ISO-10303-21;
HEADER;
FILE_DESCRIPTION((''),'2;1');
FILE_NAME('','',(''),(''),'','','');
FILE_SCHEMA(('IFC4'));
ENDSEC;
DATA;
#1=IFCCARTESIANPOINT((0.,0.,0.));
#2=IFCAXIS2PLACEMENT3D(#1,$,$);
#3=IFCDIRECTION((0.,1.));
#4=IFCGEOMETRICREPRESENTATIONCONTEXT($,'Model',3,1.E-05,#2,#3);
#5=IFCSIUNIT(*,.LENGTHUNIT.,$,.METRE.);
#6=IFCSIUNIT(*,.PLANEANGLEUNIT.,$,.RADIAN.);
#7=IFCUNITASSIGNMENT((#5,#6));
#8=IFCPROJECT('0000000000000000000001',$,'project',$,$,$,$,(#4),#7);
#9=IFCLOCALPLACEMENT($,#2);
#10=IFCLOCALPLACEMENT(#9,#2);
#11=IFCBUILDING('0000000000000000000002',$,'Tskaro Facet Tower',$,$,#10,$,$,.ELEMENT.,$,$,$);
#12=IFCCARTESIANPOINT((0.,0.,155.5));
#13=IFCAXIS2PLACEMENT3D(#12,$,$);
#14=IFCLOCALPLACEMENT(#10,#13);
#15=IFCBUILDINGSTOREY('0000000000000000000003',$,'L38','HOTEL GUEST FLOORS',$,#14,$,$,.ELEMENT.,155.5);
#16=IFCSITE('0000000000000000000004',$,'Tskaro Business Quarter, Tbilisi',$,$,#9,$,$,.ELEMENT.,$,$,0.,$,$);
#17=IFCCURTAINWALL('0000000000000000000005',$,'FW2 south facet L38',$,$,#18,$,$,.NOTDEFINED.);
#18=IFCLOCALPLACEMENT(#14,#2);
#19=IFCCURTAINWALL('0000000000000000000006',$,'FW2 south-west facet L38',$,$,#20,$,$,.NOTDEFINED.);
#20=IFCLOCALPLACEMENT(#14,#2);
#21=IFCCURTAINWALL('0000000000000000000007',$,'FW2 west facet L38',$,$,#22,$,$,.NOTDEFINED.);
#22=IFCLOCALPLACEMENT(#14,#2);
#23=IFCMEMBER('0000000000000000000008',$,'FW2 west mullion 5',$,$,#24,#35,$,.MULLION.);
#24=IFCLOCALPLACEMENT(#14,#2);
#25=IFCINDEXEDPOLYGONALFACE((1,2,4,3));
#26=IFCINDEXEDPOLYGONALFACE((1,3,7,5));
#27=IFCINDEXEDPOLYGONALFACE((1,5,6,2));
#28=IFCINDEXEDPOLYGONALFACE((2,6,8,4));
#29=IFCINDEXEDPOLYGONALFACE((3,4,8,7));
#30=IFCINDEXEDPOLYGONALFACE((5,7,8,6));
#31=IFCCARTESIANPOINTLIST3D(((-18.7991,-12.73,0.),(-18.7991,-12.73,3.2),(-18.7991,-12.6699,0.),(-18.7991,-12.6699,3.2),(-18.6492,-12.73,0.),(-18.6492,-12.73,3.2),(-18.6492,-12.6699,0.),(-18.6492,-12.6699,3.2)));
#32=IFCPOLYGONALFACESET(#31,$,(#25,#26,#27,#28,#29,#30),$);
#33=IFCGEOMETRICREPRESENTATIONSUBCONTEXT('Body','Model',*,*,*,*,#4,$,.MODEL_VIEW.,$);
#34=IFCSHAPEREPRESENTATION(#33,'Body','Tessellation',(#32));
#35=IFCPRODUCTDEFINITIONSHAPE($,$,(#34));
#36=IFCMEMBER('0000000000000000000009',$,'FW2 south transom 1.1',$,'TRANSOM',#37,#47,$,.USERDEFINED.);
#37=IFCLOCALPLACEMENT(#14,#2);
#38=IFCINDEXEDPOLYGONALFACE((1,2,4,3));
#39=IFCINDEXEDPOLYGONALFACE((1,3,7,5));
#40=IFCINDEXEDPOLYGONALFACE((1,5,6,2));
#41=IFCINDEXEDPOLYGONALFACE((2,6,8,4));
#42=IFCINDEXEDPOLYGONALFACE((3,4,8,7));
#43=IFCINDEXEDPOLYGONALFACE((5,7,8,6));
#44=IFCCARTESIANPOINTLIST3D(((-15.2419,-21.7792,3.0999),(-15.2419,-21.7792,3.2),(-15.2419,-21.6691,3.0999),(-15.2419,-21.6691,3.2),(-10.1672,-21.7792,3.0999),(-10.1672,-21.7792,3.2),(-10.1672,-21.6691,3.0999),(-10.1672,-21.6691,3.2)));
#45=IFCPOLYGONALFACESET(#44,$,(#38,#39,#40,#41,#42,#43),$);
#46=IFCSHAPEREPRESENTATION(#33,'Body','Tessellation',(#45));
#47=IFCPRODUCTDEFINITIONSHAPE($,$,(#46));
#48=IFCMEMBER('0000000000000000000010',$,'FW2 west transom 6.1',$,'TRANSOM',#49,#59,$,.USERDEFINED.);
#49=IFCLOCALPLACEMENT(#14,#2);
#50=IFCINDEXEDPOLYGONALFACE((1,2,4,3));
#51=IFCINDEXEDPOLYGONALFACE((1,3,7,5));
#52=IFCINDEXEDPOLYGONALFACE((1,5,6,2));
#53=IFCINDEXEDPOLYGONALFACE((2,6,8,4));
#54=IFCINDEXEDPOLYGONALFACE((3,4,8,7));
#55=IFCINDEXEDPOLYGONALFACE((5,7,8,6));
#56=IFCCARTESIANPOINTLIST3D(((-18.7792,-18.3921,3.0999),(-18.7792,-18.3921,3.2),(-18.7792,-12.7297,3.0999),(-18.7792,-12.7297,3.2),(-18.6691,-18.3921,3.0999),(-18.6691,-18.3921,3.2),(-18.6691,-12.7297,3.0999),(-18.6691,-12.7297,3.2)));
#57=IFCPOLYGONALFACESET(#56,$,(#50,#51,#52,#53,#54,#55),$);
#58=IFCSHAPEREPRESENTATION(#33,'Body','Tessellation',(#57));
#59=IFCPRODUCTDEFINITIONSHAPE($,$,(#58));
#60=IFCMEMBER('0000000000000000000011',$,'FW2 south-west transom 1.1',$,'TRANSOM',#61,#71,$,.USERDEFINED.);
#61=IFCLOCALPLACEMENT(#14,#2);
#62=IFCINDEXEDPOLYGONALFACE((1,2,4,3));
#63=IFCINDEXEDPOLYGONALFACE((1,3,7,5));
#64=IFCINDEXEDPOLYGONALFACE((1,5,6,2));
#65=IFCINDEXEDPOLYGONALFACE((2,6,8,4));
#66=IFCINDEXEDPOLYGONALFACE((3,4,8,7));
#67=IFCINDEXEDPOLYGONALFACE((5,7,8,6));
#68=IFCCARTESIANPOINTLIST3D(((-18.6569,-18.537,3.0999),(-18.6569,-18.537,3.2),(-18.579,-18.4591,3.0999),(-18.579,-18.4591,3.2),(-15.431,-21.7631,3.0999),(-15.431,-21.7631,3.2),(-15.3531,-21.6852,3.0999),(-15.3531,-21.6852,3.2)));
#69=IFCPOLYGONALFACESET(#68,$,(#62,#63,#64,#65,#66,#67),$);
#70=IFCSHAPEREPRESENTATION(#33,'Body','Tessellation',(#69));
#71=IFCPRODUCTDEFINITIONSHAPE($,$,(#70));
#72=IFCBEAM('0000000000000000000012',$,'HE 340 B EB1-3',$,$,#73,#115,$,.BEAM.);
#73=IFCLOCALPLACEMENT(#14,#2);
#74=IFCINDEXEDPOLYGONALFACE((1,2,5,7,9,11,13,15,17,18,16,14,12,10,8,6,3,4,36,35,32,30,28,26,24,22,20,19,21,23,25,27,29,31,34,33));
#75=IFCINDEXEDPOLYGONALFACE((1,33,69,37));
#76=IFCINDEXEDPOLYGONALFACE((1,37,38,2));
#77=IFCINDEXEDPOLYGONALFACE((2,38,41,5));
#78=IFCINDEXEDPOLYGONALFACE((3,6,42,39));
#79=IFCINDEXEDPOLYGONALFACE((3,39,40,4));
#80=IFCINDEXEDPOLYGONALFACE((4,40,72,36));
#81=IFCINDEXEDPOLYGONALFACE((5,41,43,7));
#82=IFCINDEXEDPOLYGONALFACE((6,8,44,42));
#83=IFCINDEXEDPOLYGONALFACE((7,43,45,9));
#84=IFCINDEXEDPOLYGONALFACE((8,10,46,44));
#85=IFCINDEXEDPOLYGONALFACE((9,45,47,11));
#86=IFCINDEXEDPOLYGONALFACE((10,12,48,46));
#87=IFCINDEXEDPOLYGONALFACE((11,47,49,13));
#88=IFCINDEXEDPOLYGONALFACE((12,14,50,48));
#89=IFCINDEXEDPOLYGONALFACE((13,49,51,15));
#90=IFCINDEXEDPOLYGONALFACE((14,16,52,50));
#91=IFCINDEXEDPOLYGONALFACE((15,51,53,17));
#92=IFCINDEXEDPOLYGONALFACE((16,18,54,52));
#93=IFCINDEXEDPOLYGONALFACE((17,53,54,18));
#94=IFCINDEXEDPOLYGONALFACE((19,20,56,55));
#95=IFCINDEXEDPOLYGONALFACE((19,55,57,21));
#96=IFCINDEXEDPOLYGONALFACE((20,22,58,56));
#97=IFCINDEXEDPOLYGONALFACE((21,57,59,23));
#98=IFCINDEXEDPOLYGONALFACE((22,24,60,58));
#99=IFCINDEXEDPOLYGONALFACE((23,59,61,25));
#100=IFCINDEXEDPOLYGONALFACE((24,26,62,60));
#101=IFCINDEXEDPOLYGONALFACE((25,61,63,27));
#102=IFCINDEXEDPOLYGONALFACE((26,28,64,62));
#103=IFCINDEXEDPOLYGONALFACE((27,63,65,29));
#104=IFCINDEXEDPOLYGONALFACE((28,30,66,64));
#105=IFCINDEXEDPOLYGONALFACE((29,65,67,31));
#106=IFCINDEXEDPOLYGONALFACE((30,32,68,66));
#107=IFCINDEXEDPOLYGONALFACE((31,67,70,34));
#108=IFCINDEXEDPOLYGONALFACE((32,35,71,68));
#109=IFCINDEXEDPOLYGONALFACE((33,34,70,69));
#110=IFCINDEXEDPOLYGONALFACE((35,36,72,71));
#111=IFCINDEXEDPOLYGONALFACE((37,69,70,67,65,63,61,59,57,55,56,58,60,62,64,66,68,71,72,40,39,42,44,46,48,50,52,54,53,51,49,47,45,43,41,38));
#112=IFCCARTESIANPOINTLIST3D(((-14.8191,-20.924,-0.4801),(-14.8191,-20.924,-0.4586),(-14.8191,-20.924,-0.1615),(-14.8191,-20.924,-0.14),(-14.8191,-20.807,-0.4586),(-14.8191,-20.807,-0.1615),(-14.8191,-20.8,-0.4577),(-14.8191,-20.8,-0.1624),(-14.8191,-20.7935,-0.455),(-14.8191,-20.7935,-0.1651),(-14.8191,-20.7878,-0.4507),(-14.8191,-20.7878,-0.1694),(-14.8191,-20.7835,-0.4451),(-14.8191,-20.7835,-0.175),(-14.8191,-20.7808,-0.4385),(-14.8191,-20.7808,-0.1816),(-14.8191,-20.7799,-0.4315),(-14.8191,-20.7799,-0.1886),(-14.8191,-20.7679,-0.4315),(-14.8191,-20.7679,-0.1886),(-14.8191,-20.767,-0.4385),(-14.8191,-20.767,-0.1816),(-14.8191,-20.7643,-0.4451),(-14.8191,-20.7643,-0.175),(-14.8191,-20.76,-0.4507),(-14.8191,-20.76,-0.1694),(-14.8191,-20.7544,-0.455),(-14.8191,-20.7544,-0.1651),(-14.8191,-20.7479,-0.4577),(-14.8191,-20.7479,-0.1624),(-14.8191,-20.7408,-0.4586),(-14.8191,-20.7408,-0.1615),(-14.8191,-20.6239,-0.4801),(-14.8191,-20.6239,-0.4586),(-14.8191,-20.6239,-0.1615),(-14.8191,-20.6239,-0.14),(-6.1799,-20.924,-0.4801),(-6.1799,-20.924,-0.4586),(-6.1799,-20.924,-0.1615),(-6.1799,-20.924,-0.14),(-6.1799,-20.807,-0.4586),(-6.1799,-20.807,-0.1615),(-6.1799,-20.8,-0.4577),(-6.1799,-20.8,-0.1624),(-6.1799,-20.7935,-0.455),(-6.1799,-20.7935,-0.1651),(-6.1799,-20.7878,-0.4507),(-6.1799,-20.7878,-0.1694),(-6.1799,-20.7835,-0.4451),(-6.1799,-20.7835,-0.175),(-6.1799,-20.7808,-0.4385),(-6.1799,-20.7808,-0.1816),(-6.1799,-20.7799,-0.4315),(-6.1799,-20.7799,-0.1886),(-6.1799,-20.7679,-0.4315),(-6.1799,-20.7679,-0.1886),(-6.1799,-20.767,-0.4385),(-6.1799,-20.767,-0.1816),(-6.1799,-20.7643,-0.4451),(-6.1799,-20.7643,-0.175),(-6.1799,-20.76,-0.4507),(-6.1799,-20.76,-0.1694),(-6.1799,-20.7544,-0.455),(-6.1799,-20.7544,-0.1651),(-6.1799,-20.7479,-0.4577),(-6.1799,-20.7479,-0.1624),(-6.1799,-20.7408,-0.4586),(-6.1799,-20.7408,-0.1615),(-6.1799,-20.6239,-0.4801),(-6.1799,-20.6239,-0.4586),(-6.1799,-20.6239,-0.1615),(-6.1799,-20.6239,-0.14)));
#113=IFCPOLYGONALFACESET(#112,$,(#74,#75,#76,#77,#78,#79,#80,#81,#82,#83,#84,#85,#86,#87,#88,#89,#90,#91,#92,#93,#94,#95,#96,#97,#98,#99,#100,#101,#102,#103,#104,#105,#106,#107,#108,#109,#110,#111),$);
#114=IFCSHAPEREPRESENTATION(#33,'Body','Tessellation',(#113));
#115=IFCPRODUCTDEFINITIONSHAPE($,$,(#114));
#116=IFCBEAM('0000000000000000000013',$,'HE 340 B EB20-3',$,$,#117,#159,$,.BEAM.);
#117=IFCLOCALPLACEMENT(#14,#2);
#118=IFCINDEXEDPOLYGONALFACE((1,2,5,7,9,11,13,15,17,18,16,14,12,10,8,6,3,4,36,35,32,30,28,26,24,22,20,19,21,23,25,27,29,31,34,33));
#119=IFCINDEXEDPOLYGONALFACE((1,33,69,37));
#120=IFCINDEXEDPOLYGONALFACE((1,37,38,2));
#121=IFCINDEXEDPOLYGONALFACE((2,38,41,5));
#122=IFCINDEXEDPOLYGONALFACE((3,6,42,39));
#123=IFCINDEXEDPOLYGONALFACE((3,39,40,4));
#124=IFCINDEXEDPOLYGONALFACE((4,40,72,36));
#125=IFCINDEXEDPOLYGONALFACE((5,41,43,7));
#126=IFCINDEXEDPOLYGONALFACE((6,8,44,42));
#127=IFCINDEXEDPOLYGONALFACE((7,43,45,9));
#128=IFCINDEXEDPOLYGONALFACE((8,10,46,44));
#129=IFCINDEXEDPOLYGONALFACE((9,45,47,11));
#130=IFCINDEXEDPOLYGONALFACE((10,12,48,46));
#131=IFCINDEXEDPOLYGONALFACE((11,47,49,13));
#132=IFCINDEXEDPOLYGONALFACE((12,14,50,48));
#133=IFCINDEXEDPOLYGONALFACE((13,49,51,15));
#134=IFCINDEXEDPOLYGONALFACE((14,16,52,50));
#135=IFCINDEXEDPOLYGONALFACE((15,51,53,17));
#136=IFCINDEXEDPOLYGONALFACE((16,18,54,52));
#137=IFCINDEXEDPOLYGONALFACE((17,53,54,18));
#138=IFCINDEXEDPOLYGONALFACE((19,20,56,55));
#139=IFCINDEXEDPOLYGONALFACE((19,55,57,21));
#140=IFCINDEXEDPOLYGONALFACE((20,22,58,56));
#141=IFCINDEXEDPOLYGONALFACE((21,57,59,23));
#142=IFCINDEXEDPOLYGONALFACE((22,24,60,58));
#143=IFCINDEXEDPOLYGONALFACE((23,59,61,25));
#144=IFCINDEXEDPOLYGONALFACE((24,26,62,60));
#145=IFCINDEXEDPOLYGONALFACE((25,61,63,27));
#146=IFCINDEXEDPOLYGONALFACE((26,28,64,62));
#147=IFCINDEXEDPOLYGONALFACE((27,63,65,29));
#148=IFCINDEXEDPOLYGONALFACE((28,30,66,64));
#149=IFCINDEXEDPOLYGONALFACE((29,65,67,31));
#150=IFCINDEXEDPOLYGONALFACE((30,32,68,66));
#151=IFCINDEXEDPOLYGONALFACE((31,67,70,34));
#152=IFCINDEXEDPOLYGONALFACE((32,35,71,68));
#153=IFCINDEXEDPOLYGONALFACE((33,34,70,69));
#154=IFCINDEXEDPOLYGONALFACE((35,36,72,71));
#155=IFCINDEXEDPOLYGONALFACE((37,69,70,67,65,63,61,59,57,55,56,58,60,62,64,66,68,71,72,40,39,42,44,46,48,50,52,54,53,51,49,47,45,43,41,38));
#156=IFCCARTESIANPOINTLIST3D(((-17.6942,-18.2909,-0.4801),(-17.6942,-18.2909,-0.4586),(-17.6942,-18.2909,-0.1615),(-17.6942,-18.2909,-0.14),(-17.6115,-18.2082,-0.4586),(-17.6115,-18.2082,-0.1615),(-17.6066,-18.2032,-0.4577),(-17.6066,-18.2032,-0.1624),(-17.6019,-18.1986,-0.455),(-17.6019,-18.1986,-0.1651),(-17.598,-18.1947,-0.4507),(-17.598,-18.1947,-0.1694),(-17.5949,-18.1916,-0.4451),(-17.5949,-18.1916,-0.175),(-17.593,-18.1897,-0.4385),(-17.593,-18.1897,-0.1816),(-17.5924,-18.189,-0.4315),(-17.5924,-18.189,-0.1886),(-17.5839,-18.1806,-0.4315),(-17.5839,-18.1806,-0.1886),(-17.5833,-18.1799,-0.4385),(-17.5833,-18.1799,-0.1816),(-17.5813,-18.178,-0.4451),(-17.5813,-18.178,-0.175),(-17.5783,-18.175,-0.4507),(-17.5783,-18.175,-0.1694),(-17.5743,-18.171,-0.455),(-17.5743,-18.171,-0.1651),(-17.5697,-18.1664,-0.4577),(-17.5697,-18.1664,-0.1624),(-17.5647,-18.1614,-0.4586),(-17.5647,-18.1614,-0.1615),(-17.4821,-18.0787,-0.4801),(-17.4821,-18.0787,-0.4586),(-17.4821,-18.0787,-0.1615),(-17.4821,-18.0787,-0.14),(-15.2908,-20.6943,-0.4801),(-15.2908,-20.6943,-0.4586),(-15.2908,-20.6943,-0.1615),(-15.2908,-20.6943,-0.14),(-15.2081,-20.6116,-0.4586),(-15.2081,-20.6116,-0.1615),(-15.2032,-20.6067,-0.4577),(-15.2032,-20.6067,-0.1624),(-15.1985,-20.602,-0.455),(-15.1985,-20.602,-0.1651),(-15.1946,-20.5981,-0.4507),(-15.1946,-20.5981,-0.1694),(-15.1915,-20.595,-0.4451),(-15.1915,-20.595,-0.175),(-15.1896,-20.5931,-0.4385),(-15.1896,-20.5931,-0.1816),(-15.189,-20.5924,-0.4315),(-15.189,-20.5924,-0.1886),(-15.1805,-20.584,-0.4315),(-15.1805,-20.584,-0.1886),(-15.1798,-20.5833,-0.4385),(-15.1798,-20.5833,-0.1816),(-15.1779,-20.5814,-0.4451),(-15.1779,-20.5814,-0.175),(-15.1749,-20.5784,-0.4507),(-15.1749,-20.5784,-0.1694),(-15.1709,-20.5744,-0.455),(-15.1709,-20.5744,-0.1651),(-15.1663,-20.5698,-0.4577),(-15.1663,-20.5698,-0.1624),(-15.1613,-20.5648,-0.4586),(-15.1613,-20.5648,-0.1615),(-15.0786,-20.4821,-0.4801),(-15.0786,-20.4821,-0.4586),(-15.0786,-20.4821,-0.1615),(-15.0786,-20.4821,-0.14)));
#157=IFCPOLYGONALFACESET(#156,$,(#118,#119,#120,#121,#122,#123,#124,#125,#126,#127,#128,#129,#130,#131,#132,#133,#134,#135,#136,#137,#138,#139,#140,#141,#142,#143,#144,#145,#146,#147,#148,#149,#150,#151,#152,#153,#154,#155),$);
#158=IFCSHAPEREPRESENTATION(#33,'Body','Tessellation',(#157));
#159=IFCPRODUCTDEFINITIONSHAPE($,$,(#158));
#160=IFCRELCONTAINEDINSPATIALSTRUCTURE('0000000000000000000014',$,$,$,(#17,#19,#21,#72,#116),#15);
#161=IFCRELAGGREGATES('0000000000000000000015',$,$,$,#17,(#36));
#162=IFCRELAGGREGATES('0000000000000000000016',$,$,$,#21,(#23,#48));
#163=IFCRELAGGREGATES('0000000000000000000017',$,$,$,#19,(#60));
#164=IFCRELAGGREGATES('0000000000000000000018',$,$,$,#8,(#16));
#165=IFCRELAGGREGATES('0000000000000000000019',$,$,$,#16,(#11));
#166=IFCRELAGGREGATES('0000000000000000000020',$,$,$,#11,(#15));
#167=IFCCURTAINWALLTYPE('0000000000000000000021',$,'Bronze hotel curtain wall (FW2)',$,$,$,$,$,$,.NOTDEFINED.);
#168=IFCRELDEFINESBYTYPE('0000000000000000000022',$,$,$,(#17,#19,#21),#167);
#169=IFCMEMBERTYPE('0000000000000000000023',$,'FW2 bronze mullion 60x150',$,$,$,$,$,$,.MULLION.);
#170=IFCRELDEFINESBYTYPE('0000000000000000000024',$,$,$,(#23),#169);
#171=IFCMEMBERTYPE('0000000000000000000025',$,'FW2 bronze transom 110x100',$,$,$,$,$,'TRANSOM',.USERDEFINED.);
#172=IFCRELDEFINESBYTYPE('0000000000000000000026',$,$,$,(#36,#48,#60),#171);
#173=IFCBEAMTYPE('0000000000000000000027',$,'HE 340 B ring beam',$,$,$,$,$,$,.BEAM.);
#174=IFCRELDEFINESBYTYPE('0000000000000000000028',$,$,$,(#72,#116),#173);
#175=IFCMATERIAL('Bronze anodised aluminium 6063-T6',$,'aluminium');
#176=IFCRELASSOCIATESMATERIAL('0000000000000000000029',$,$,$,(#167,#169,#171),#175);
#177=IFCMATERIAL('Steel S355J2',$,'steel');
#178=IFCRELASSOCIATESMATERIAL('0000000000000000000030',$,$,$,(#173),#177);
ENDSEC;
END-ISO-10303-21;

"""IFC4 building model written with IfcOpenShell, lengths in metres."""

from ifc_helpers import new_model, si_unit, direction, frame, origin, origin_2d, place, context, subcontext, project, spatial, rectangle, i_section, extrude, material, material_profile, profile_set, type_object, element, aggregate, save


model = new_model("IFC4")

# Units and contexts
model_context = context("Model", 3, precision=1e-05, world=origin(), true_north=direction((0.0, 1.0)))
body_context = subcontext(model_context, "Body", "Model", "MODEL_VIEW")
ifc_project = project(units=[si_unit("LENGTHUNIT", "METRE"), si_unit("PLANEANGLEUNIT", "RADIAN")], contexts=[model_context])

# Site, building, storey
site_placement = place(None, origin())
site = spatial("IfcSite", under=ifc_project, at=site_placement, Name="Tskaro Business Quarter, Tbilisi", CompositionType="ELEMENT", RefElevation=0.0)
building_placement = place(site_placement, origin())
building = spatial("IfcBuilding", under=site, at=building_placement, Name="Tskaro Facet Tower", CompositionType="ELEMENT")
storey_placement = place(building_placement, frame((0.0, 0.0, 155.5)))
storey = spatial("IfcBuildingStorey", under=building, at=storey_placement, Name="L38", Description="HOTEL GUEST FLOORS", CompositionType="ELEMENT", Elevation=155.5)

# Curtain walls, member
ifc_material_1 = material(Name="Bronze anodised aluminium 6063-T6", Category="aluminium")
curtain_wall_type = type_object("IfcCurtainWallType", Name="Bronze hotel curtain wall (FW2)", PredefinedType="NOTDEFINED", material=ifc_material_1)
curtain_wall_1_placement = place(storey_placement, origin())
curtain_wall_1 = element("IfcCurtainWall", 1, at=curtain_wall_1_placement, inside=storey, type_object=curtain_wall_type, Name="FW2 south facet L38", PredefinedType="NOTDEFINED")
curtain_wall_2_placement = place(storey_placement, origin())
curtain_wall_2 = element("IfcCurtainWall", 2, at=curtain_wall_2_placement, inside=storey, type_object=curtain_wall_type, Name="FW2 south-west facet L38", PredefinedType="NOTDEFINED")
curtain_wall_3_placement = place(storey_placement, origin())
curtain_wall_3 = element("IfcCurtainWall", 3, at=curtain_wall_3_placement, inside=storey, type_object=curtain_wall_type, Name="FW2 west facet L38", PredefinedType="NOTDEFINED")
ifc_material_profile_1 = material_profile(ifc_material_1, rectangle(XDim=0.0601, YDim=0.1499, at=origin_2d()), Name="Mullion 60x150")
ifc_profile_set_1 = profile_set([ifc_material_profile_1], Name="Bronze anodised aluminium 6063-T6")
member_type_1 = type_object("IfcMemberType", Name="FW2 bronze mullion 60x150", PredefinedType="MULLION", material=ifc_profile_set_1)
member_1_placement = place(storey_placement, frame((-18.7241, -12.7, 0.0), z_axis=(0.0, 0.0, 1.0), x_axis=(0.0, -1.0, 0.0)))
member_1 = element("IfcMember", 4, at=member_1_placement, type_object=member_type_1, Name="FW2 west mullion 5", PredefinedType="MULLION", context=body_context, shape_type="SweptSolid", body=[
    extrude(rectangle(XDim=0.0601, YDim=0.1499, at=origin_2d()), origin(), (0.0, 0.0, 1.0), 3.2),
])

# Members
ifc_material_profile_2 = material_profile(ifc_material_1, rectangle(XDim=0.1101, YDim=0.1001, at=origin_2d()), Name="Transom 110x100")
ifc_profile_set_2 = profile_set([ifc_material_profile_2], Name="Bronze anodised aluminium 6063-T6")
member_type_2 = type_object("IfcMemberType", Name="FW2 bronze transom 110x100", ElementType="TRANSOM", PredefinedType="USERDEFINED", material=ifc_profile_set_2)
member_2_placement = place(storey_placement, frame((-15.2419, -21.7241, 3.1499), z_axis=(1.0, 0.0, 0.0), x_axis=(0.0, 1.0, 0.0)))
member_2 = element("IfcMember", 5, at=member_2_placement, type_object=member_type_2, Name="FW2 south transom 1.1", ObjectType="TRANSOM", PredefinedType="USERDEFINED", context=body_context, shape_type="SweptSolid", body=[
    extrude(rectangle(XDim=0.1101, YDim=0.1001, at=origin_2d()), origin(), (0.0, 0.0, 1.0), 5.0747),
])
aggregate(curtain_wall_1, [member_2])
member_3_placement = place(storey_placement, frame((-18.7241, -12.7297, 3.1499), z_axis=(0.0, -1.0, 0.0), x_axis=(1.0, 0.0, 0.0)))
member_3 = element("IfcMember", 6, at=member_3_placement, type_object=member_type_2, Name="FW2 west transom 6.1", ObjectType="TRANSOM", PredefinedType="USERDEFINED", context=body_context, shape_type="SweptSolid", body=[
    extrude(rectangle(XDim=0.1101, YDim=0.1001, at=origin_2d()), origin(), (0.0, 0.0, 1.0), 5.6624),
])
member_4_placement = place(storey_placement, frame((-18.6179, -18.498, 3.1499), z_axis=(0.70708, -0.707134, 0.0), x_axis=(0.707134, 0.70708, 0.0)))
member_4 = element("IfcMember", 7, at=member_4_placement, type_object=member_type_2, Name="FW2 south-west transom 1.1", ObjectType="TRANSOM", PredefinedType="USERDEFINED", context=body_context, shape_type="SweptSolid", body=[
    extrude(rectangle(XDim=0.1101, YDim=0.1001, at=origin_2d()), origin(), (0.0, 0.0, 1.0), 4.5623),
])

# Beams
ifc_material_2 = material(Name="Steel S355J2", Category="steel")
ifc_material_profile_3 = material_profile(ifc_material_2, i_section(OverallWidth=0.3, OverallDepth=0.3401, WebThickness=0.012, FlangeThickness=0.0215, FilletRadius=0.0271, at=origin_2d()), Name="HE 340 B")
ifc_profile_set_3 = profile_set([ifc_material_profile_3], Name="Steel S355J2")
beam_type_1 = type_object("IfcBeamType", Name="HE 340 B ring beam", PredefinedType="BEAM", material=ifc_profile_set_3)
beam_1_placement = place(storey_placement, frame((-14.8191, -20.7739, -0.3101), z_axis=(1.0, 0.0, 0.0), x_axis=(0.0, 1.0, 0.0)))
element("IfcBeam", 8, at=beam_1_placement, inside=storey, type_object=beam_type_1, Name="HE 340 B EB1-3", PredefinedType="BEAM", context=body_context, shape_type="SweptSolid", body=[
    extrude(i_section(OverallWidth=0.3, OverallDepth=0.3401, WebThickness=0.012, FlangeThickness=0.0215, FilletRadius=0.0271, at=origin_2d()), origin(), (0.0, 0.0, 1.0), 8.6392),
])
beam_2_placement = place(storey_placement, frame((-17.5881, -18.1848, -0.3101), z_axis=(0.707107, -0.707107, 0.0), x_axis=(0.707107, 0.707107, 0.0)))
element("IfcBeam", 9, at=beam_2_placement, inside=storey, type_object=beam_type_1, Name="HE 340 B EB20-3", PredefinedType="BEAM", context=body_context, shape_type="SweptSolid", body=[
    extrude(i_section(OverallWidth=0.3, OverallDepth=0.3401, WebThickness=0.012, FlangeThickness=0.0215, FilletRadius=0.0271, at=origin_2d()), origin(), (0.0, 0.0, 1.0), 3.3989),
])

aggregate(curtain_wall_3, [member_1, member_3])
aggregate(curtain_wall_2, [member_4])

save(model, "model.ifc")
